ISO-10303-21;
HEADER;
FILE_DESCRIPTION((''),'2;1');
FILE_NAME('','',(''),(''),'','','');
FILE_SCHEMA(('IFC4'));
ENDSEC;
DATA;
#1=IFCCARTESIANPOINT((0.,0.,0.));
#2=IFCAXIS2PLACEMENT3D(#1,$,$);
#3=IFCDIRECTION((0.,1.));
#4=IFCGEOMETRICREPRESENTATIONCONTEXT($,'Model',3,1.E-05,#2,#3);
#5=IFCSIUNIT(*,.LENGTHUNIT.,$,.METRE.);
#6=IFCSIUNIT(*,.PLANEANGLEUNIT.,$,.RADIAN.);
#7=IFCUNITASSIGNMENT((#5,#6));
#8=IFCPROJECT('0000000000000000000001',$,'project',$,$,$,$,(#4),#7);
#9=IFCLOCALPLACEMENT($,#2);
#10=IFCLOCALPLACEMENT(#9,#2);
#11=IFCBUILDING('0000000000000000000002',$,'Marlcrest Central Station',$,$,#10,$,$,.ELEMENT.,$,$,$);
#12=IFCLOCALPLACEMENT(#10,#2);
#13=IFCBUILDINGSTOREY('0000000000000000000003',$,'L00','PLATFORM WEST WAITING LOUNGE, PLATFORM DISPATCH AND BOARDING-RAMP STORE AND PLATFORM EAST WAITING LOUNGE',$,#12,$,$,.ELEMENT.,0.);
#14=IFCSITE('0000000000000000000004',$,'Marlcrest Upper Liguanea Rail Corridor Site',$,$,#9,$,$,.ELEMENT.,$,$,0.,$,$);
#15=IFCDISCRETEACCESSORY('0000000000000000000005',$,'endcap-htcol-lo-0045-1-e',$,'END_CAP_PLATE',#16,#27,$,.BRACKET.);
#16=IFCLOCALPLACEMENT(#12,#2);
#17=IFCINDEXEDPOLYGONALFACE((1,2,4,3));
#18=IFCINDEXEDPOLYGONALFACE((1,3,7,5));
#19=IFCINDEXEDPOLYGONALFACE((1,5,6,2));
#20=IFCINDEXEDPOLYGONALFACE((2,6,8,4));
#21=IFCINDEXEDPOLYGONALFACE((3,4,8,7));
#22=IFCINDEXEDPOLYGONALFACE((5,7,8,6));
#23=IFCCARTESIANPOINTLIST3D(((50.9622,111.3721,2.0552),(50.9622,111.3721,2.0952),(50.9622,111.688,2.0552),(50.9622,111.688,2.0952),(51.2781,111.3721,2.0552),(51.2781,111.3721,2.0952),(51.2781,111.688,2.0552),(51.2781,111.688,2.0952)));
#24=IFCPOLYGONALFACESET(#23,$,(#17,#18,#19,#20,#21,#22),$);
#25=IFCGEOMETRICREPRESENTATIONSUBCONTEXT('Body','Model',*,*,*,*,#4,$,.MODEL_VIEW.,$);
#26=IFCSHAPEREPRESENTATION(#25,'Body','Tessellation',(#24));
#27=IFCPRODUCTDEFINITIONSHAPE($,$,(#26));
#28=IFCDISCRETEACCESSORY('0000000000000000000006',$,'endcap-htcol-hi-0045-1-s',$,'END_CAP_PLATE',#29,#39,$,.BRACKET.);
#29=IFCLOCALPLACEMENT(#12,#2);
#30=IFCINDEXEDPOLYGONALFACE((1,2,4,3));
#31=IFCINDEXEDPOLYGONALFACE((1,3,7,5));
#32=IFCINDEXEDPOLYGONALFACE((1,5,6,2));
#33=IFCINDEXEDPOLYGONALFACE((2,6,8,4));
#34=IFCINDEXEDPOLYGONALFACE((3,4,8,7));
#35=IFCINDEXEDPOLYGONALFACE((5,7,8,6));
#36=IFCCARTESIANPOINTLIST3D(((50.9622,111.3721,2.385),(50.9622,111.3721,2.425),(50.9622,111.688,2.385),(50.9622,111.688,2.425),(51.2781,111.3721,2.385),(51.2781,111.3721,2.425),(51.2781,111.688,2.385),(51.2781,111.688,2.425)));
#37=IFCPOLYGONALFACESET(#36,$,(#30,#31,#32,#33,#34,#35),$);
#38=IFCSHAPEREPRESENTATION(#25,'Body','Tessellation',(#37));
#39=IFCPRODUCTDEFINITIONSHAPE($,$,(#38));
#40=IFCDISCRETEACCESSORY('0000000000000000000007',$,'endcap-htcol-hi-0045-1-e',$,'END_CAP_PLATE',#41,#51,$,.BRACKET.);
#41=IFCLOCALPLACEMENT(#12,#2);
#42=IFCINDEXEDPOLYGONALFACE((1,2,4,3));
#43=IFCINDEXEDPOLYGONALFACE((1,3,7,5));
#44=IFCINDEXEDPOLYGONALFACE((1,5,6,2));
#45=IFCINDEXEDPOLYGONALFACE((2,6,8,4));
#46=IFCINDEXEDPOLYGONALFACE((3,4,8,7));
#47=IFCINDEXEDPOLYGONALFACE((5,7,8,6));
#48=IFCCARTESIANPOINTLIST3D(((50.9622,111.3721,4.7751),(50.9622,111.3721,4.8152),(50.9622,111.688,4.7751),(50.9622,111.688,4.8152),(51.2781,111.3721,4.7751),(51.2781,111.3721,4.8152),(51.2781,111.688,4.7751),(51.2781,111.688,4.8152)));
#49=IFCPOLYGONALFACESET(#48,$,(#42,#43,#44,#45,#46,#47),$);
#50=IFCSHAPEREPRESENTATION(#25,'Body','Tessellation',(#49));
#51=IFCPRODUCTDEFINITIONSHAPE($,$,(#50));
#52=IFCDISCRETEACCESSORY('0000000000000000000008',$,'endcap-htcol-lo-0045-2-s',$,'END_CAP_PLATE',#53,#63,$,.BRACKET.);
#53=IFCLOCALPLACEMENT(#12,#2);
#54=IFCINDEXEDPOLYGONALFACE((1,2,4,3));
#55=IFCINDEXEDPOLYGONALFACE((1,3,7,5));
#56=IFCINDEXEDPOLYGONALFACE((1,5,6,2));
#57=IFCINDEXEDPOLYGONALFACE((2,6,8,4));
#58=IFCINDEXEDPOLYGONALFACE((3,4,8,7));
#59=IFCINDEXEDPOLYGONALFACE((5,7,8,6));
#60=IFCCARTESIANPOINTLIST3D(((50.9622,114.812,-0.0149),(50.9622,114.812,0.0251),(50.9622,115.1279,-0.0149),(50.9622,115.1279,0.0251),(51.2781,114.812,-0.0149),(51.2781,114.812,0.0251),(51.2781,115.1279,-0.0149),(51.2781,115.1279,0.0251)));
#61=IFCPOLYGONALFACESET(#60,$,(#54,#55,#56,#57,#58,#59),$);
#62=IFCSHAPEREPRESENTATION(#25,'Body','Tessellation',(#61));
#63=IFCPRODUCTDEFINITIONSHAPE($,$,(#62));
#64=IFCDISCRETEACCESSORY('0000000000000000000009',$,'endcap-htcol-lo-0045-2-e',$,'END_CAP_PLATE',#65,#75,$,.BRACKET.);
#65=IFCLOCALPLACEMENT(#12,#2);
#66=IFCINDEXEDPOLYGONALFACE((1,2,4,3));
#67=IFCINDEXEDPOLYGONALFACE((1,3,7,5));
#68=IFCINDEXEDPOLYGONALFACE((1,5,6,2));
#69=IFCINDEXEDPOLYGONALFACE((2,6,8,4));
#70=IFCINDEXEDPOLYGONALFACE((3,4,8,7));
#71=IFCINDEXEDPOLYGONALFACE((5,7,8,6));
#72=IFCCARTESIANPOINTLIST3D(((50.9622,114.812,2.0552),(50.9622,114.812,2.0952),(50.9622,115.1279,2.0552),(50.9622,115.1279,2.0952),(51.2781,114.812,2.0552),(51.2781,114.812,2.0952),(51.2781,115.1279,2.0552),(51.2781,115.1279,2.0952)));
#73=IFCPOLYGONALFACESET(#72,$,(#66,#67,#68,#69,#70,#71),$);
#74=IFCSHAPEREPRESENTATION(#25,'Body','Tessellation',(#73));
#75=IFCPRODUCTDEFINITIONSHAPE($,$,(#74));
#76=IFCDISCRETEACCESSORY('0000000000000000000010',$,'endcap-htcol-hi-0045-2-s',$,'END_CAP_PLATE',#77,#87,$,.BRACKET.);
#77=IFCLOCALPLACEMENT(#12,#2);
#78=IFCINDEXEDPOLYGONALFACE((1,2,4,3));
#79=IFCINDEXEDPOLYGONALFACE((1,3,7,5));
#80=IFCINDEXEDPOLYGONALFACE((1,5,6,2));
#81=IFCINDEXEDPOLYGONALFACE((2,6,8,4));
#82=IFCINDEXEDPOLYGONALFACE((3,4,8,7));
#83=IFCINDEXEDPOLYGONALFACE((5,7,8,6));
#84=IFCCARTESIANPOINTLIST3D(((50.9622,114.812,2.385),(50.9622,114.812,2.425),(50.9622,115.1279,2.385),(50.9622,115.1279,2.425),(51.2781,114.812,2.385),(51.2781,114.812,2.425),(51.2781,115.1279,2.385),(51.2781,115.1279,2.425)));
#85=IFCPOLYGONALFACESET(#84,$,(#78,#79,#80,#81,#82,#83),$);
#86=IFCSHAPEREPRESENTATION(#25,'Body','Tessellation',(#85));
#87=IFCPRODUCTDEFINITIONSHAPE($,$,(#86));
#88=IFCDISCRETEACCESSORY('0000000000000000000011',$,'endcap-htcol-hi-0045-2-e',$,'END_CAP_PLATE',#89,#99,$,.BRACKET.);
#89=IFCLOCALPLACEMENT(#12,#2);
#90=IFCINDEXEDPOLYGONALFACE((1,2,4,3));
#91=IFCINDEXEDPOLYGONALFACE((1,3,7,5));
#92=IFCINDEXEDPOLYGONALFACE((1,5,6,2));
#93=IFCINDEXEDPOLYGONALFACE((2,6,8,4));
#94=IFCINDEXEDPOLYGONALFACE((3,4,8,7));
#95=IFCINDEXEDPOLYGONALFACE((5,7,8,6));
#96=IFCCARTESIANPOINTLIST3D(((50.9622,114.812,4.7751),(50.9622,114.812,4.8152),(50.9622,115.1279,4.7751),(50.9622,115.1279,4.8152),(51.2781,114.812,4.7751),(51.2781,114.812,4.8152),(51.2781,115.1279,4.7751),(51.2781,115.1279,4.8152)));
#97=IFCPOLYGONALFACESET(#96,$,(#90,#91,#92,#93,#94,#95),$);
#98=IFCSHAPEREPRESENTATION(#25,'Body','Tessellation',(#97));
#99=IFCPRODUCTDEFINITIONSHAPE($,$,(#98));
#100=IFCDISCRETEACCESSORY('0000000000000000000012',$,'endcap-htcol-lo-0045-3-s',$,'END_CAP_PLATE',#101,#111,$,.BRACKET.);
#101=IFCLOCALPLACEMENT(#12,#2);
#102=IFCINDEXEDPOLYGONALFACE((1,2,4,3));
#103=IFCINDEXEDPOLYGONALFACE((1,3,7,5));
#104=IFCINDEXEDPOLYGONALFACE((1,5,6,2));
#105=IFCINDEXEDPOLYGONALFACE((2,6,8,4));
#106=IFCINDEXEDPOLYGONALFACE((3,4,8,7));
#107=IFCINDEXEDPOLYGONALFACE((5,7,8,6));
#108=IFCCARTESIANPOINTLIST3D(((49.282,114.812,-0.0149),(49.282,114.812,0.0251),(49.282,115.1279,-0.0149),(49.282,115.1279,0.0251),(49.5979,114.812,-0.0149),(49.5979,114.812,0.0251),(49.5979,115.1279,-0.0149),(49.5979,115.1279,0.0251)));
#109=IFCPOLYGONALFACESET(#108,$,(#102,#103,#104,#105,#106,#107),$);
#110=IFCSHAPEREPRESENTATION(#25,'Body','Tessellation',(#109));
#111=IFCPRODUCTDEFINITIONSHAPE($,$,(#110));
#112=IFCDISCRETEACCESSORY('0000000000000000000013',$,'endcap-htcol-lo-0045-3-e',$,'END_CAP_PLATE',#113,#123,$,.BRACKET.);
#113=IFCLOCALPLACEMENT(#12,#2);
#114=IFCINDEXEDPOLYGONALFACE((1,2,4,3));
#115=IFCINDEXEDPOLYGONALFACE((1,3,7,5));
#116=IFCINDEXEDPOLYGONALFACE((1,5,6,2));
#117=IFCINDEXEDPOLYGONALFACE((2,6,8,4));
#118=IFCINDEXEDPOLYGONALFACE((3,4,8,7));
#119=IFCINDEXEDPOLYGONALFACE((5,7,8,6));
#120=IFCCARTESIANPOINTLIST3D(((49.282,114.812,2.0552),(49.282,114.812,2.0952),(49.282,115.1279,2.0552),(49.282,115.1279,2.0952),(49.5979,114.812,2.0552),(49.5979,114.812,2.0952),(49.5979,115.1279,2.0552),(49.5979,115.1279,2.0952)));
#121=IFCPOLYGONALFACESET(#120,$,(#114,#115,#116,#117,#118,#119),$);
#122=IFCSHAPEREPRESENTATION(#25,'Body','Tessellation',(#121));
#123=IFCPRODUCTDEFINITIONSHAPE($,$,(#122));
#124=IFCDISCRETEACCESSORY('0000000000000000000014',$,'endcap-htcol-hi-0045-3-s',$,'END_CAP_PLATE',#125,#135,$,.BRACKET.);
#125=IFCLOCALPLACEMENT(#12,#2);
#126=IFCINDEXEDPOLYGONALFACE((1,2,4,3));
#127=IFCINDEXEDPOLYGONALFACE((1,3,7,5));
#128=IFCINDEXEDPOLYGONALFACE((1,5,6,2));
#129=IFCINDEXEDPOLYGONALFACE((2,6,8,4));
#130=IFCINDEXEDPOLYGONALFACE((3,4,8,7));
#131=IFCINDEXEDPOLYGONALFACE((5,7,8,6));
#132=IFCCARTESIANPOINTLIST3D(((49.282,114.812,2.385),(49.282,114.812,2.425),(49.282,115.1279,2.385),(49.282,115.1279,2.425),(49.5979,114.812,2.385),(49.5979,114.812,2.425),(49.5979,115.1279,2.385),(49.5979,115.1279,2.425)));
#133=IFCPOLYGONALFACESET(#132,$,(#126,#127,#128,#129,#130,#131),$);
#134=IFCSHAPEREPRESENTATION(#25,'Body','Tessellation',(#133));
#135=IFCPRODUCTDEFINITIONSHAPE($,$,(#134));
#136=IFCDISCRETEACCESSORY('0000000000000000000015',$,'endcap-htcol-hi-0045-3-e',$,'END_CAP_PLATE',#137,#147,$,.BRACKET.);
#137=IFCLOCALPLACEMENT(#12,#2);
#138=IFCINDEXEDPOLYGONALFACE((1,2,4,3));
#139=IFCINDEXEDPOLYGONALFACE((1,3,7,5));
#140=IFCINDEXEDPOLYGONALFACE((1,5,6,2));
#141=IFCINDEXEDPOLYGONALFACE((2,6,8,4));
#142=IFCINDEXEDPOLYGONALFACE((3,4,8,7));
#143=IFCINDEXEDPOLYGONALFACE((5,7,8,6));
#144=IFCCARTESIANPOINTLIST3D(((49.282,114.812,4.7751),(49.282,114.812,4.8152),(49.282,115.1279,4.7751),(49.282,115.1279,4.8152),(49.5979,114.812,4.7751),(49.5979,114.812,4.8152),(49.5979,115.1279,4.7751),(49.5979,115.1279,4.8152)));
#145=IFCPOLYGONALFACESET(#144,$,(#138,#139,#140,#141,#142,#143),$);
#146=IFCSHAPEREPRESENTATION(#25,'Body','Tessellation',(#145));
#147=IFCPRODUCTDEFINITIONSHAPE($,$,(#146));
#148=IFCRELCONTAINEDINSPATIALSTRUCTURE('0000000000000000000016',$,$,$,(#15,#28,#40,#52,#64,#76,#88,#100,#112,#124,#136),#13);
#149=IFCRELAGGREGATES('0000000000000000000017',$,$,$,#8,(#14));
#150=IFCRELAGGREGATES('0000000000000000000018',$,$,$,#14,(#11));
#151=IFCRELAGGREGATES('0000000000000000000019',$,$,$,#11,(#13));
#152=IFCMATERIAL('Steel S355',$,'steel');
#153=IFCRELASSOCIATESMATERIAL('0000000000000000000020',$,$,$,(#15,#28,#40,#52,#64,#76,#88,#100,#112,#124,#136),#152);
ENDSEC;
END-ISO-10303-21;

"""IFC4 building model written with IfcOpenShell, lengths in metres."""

from ifc_helpers import new_model, si_unit, direction, frame, origin, origin_2d, place, context, subcontext, project, spatial, rectangle, extrude, material, element, save


model = new_model("IFC4")

# Units and contexts
model_context = context("Model", 3, precision=1e-05, world=origin(), true_north=direction((0.0, 1.0)))
body_context = subcontext(model_context, "Body", "Model", "MODEL_VIEW")
ifc_project = project(units=[si_unit("LENGTHUNIT", "METRE"), si_unit("PLANEANGLEUNIT", "RADIAN")], contexts=[model_context])

# Site, building, storey
site_placement = place(None, origin())
site = spatial("IfcSite", under=ifc_project, at=site_placement, Name="Marlcrest Upper Liguanea Rail Corridor Site", CompositionType="ELEMENT", RefElevation=0.0)
building_placement = place(site_placement, origin())
building = spatial("IfcBuilding", under=site, at=building_placement, Name="Marlcrest Central Station", CompositionType="ELEMENT")
storey_placement = place(building_placement, origin())
storey = spatial("IfcBuildingStorey", under=building, at=storey_placement, Name="L00", Description="PLATFORM WEST WAITING LOUNGE, PLATFORM DISPATCH AND BOARDING-RAMP STORE AND PLATFORM EAST WAITING LOUNGE", CompositionType="ELEMENT", Elevation=0.0)

# Shared definitions
ifc_material_1 = material(Name="Steel S355", Category="steel")

# Discrete accessories
for number, where, z_axis, x_axis, name in (
    (1, (51.1201, 111.53, 2.0552), (0.0, 0.0, 1.0), (1.0, 0.0, 0.0), "endcap-htcol-lo-0045-1-e"),
    (2, (51.1201, 111.53, 2.385), (0.0, 0.0, 1.0), (1.0, 0.0, 0.0), "endcap-htcol-hi-0045-1-s"),
    (3, (51.1201, 111.53, 4.7751), (0.0, 0.0, 1.0), (1.0, 0.0, 0.0), "endcap-htcol-hi-0045-1-e"),
    (4, (51.1201, 114.97, -0.0149), (0.0, 0.0, 1.0), (1.0, 0.0, 0.0), "endcap-htcol-lo-0045-2-s"),
    (5, (51.1201, 114.97, 2.0552), (0.0, 0.0, 1.0), (1.0, 0.0, 0.0), "endcap-htcol-lo-0045-2-e"),
    (6, (51.1201, 114.97, 2.385), (0.0, 0.0, 1.0), (1.0, 0.0, 0.0), "endcap-htcol-hi-0045-2-s"),
    (7, (51.1201, 114.97, 4.7751), (0.0, 0.0, 1.0), (1.0, 0.0, 0.0), "endcap-htcol-hi-0045-2-e"),
    (8, (49.4399, 114.97, -0.0149), (0.0, 0.0, 1.0), (1.0, 0.0, 0.0), "endcap-htcol-lo-0045-3-s"),
    (9, (49.4399, 114.97, 2.0552), (0.0, 0.0, 1.0), (1.0, 0.0, 0.0), "endcap-htcol-lo-0045-3-e"),
    (10, (49.4399, 114.97, 2.385), (0.0, 0.0, 1.0), (1.0, 0.0, 0.0), "endcap-htcol-hi-0045-3-s"),
    (11, (49.4399, 114.97, 4.7751), (0.0, 0.0, 1.0), (1.0, 0.0, 0.0), "endcap-htcol-hi-0045-3-e"),
):
    element("IfcDiscreteAccessory", number, at=place(storey_placement, frame(where, z_axis=z_axis, x_axis=x_axis)), inside=storey, material=ifc_material_1, Name=name, ObjectType="END_CAP_PLATE", PredefinedType="BRACKET", context=body_context, shape_type="SweptSolid", body=[
        extrude(rectangle(XDim=0.3159, YDim=0.3159, at=origin_2d()), origin(), (0.0, 0.0, 1.0), 0.04),
    ])

save(model, "model.ifc")
